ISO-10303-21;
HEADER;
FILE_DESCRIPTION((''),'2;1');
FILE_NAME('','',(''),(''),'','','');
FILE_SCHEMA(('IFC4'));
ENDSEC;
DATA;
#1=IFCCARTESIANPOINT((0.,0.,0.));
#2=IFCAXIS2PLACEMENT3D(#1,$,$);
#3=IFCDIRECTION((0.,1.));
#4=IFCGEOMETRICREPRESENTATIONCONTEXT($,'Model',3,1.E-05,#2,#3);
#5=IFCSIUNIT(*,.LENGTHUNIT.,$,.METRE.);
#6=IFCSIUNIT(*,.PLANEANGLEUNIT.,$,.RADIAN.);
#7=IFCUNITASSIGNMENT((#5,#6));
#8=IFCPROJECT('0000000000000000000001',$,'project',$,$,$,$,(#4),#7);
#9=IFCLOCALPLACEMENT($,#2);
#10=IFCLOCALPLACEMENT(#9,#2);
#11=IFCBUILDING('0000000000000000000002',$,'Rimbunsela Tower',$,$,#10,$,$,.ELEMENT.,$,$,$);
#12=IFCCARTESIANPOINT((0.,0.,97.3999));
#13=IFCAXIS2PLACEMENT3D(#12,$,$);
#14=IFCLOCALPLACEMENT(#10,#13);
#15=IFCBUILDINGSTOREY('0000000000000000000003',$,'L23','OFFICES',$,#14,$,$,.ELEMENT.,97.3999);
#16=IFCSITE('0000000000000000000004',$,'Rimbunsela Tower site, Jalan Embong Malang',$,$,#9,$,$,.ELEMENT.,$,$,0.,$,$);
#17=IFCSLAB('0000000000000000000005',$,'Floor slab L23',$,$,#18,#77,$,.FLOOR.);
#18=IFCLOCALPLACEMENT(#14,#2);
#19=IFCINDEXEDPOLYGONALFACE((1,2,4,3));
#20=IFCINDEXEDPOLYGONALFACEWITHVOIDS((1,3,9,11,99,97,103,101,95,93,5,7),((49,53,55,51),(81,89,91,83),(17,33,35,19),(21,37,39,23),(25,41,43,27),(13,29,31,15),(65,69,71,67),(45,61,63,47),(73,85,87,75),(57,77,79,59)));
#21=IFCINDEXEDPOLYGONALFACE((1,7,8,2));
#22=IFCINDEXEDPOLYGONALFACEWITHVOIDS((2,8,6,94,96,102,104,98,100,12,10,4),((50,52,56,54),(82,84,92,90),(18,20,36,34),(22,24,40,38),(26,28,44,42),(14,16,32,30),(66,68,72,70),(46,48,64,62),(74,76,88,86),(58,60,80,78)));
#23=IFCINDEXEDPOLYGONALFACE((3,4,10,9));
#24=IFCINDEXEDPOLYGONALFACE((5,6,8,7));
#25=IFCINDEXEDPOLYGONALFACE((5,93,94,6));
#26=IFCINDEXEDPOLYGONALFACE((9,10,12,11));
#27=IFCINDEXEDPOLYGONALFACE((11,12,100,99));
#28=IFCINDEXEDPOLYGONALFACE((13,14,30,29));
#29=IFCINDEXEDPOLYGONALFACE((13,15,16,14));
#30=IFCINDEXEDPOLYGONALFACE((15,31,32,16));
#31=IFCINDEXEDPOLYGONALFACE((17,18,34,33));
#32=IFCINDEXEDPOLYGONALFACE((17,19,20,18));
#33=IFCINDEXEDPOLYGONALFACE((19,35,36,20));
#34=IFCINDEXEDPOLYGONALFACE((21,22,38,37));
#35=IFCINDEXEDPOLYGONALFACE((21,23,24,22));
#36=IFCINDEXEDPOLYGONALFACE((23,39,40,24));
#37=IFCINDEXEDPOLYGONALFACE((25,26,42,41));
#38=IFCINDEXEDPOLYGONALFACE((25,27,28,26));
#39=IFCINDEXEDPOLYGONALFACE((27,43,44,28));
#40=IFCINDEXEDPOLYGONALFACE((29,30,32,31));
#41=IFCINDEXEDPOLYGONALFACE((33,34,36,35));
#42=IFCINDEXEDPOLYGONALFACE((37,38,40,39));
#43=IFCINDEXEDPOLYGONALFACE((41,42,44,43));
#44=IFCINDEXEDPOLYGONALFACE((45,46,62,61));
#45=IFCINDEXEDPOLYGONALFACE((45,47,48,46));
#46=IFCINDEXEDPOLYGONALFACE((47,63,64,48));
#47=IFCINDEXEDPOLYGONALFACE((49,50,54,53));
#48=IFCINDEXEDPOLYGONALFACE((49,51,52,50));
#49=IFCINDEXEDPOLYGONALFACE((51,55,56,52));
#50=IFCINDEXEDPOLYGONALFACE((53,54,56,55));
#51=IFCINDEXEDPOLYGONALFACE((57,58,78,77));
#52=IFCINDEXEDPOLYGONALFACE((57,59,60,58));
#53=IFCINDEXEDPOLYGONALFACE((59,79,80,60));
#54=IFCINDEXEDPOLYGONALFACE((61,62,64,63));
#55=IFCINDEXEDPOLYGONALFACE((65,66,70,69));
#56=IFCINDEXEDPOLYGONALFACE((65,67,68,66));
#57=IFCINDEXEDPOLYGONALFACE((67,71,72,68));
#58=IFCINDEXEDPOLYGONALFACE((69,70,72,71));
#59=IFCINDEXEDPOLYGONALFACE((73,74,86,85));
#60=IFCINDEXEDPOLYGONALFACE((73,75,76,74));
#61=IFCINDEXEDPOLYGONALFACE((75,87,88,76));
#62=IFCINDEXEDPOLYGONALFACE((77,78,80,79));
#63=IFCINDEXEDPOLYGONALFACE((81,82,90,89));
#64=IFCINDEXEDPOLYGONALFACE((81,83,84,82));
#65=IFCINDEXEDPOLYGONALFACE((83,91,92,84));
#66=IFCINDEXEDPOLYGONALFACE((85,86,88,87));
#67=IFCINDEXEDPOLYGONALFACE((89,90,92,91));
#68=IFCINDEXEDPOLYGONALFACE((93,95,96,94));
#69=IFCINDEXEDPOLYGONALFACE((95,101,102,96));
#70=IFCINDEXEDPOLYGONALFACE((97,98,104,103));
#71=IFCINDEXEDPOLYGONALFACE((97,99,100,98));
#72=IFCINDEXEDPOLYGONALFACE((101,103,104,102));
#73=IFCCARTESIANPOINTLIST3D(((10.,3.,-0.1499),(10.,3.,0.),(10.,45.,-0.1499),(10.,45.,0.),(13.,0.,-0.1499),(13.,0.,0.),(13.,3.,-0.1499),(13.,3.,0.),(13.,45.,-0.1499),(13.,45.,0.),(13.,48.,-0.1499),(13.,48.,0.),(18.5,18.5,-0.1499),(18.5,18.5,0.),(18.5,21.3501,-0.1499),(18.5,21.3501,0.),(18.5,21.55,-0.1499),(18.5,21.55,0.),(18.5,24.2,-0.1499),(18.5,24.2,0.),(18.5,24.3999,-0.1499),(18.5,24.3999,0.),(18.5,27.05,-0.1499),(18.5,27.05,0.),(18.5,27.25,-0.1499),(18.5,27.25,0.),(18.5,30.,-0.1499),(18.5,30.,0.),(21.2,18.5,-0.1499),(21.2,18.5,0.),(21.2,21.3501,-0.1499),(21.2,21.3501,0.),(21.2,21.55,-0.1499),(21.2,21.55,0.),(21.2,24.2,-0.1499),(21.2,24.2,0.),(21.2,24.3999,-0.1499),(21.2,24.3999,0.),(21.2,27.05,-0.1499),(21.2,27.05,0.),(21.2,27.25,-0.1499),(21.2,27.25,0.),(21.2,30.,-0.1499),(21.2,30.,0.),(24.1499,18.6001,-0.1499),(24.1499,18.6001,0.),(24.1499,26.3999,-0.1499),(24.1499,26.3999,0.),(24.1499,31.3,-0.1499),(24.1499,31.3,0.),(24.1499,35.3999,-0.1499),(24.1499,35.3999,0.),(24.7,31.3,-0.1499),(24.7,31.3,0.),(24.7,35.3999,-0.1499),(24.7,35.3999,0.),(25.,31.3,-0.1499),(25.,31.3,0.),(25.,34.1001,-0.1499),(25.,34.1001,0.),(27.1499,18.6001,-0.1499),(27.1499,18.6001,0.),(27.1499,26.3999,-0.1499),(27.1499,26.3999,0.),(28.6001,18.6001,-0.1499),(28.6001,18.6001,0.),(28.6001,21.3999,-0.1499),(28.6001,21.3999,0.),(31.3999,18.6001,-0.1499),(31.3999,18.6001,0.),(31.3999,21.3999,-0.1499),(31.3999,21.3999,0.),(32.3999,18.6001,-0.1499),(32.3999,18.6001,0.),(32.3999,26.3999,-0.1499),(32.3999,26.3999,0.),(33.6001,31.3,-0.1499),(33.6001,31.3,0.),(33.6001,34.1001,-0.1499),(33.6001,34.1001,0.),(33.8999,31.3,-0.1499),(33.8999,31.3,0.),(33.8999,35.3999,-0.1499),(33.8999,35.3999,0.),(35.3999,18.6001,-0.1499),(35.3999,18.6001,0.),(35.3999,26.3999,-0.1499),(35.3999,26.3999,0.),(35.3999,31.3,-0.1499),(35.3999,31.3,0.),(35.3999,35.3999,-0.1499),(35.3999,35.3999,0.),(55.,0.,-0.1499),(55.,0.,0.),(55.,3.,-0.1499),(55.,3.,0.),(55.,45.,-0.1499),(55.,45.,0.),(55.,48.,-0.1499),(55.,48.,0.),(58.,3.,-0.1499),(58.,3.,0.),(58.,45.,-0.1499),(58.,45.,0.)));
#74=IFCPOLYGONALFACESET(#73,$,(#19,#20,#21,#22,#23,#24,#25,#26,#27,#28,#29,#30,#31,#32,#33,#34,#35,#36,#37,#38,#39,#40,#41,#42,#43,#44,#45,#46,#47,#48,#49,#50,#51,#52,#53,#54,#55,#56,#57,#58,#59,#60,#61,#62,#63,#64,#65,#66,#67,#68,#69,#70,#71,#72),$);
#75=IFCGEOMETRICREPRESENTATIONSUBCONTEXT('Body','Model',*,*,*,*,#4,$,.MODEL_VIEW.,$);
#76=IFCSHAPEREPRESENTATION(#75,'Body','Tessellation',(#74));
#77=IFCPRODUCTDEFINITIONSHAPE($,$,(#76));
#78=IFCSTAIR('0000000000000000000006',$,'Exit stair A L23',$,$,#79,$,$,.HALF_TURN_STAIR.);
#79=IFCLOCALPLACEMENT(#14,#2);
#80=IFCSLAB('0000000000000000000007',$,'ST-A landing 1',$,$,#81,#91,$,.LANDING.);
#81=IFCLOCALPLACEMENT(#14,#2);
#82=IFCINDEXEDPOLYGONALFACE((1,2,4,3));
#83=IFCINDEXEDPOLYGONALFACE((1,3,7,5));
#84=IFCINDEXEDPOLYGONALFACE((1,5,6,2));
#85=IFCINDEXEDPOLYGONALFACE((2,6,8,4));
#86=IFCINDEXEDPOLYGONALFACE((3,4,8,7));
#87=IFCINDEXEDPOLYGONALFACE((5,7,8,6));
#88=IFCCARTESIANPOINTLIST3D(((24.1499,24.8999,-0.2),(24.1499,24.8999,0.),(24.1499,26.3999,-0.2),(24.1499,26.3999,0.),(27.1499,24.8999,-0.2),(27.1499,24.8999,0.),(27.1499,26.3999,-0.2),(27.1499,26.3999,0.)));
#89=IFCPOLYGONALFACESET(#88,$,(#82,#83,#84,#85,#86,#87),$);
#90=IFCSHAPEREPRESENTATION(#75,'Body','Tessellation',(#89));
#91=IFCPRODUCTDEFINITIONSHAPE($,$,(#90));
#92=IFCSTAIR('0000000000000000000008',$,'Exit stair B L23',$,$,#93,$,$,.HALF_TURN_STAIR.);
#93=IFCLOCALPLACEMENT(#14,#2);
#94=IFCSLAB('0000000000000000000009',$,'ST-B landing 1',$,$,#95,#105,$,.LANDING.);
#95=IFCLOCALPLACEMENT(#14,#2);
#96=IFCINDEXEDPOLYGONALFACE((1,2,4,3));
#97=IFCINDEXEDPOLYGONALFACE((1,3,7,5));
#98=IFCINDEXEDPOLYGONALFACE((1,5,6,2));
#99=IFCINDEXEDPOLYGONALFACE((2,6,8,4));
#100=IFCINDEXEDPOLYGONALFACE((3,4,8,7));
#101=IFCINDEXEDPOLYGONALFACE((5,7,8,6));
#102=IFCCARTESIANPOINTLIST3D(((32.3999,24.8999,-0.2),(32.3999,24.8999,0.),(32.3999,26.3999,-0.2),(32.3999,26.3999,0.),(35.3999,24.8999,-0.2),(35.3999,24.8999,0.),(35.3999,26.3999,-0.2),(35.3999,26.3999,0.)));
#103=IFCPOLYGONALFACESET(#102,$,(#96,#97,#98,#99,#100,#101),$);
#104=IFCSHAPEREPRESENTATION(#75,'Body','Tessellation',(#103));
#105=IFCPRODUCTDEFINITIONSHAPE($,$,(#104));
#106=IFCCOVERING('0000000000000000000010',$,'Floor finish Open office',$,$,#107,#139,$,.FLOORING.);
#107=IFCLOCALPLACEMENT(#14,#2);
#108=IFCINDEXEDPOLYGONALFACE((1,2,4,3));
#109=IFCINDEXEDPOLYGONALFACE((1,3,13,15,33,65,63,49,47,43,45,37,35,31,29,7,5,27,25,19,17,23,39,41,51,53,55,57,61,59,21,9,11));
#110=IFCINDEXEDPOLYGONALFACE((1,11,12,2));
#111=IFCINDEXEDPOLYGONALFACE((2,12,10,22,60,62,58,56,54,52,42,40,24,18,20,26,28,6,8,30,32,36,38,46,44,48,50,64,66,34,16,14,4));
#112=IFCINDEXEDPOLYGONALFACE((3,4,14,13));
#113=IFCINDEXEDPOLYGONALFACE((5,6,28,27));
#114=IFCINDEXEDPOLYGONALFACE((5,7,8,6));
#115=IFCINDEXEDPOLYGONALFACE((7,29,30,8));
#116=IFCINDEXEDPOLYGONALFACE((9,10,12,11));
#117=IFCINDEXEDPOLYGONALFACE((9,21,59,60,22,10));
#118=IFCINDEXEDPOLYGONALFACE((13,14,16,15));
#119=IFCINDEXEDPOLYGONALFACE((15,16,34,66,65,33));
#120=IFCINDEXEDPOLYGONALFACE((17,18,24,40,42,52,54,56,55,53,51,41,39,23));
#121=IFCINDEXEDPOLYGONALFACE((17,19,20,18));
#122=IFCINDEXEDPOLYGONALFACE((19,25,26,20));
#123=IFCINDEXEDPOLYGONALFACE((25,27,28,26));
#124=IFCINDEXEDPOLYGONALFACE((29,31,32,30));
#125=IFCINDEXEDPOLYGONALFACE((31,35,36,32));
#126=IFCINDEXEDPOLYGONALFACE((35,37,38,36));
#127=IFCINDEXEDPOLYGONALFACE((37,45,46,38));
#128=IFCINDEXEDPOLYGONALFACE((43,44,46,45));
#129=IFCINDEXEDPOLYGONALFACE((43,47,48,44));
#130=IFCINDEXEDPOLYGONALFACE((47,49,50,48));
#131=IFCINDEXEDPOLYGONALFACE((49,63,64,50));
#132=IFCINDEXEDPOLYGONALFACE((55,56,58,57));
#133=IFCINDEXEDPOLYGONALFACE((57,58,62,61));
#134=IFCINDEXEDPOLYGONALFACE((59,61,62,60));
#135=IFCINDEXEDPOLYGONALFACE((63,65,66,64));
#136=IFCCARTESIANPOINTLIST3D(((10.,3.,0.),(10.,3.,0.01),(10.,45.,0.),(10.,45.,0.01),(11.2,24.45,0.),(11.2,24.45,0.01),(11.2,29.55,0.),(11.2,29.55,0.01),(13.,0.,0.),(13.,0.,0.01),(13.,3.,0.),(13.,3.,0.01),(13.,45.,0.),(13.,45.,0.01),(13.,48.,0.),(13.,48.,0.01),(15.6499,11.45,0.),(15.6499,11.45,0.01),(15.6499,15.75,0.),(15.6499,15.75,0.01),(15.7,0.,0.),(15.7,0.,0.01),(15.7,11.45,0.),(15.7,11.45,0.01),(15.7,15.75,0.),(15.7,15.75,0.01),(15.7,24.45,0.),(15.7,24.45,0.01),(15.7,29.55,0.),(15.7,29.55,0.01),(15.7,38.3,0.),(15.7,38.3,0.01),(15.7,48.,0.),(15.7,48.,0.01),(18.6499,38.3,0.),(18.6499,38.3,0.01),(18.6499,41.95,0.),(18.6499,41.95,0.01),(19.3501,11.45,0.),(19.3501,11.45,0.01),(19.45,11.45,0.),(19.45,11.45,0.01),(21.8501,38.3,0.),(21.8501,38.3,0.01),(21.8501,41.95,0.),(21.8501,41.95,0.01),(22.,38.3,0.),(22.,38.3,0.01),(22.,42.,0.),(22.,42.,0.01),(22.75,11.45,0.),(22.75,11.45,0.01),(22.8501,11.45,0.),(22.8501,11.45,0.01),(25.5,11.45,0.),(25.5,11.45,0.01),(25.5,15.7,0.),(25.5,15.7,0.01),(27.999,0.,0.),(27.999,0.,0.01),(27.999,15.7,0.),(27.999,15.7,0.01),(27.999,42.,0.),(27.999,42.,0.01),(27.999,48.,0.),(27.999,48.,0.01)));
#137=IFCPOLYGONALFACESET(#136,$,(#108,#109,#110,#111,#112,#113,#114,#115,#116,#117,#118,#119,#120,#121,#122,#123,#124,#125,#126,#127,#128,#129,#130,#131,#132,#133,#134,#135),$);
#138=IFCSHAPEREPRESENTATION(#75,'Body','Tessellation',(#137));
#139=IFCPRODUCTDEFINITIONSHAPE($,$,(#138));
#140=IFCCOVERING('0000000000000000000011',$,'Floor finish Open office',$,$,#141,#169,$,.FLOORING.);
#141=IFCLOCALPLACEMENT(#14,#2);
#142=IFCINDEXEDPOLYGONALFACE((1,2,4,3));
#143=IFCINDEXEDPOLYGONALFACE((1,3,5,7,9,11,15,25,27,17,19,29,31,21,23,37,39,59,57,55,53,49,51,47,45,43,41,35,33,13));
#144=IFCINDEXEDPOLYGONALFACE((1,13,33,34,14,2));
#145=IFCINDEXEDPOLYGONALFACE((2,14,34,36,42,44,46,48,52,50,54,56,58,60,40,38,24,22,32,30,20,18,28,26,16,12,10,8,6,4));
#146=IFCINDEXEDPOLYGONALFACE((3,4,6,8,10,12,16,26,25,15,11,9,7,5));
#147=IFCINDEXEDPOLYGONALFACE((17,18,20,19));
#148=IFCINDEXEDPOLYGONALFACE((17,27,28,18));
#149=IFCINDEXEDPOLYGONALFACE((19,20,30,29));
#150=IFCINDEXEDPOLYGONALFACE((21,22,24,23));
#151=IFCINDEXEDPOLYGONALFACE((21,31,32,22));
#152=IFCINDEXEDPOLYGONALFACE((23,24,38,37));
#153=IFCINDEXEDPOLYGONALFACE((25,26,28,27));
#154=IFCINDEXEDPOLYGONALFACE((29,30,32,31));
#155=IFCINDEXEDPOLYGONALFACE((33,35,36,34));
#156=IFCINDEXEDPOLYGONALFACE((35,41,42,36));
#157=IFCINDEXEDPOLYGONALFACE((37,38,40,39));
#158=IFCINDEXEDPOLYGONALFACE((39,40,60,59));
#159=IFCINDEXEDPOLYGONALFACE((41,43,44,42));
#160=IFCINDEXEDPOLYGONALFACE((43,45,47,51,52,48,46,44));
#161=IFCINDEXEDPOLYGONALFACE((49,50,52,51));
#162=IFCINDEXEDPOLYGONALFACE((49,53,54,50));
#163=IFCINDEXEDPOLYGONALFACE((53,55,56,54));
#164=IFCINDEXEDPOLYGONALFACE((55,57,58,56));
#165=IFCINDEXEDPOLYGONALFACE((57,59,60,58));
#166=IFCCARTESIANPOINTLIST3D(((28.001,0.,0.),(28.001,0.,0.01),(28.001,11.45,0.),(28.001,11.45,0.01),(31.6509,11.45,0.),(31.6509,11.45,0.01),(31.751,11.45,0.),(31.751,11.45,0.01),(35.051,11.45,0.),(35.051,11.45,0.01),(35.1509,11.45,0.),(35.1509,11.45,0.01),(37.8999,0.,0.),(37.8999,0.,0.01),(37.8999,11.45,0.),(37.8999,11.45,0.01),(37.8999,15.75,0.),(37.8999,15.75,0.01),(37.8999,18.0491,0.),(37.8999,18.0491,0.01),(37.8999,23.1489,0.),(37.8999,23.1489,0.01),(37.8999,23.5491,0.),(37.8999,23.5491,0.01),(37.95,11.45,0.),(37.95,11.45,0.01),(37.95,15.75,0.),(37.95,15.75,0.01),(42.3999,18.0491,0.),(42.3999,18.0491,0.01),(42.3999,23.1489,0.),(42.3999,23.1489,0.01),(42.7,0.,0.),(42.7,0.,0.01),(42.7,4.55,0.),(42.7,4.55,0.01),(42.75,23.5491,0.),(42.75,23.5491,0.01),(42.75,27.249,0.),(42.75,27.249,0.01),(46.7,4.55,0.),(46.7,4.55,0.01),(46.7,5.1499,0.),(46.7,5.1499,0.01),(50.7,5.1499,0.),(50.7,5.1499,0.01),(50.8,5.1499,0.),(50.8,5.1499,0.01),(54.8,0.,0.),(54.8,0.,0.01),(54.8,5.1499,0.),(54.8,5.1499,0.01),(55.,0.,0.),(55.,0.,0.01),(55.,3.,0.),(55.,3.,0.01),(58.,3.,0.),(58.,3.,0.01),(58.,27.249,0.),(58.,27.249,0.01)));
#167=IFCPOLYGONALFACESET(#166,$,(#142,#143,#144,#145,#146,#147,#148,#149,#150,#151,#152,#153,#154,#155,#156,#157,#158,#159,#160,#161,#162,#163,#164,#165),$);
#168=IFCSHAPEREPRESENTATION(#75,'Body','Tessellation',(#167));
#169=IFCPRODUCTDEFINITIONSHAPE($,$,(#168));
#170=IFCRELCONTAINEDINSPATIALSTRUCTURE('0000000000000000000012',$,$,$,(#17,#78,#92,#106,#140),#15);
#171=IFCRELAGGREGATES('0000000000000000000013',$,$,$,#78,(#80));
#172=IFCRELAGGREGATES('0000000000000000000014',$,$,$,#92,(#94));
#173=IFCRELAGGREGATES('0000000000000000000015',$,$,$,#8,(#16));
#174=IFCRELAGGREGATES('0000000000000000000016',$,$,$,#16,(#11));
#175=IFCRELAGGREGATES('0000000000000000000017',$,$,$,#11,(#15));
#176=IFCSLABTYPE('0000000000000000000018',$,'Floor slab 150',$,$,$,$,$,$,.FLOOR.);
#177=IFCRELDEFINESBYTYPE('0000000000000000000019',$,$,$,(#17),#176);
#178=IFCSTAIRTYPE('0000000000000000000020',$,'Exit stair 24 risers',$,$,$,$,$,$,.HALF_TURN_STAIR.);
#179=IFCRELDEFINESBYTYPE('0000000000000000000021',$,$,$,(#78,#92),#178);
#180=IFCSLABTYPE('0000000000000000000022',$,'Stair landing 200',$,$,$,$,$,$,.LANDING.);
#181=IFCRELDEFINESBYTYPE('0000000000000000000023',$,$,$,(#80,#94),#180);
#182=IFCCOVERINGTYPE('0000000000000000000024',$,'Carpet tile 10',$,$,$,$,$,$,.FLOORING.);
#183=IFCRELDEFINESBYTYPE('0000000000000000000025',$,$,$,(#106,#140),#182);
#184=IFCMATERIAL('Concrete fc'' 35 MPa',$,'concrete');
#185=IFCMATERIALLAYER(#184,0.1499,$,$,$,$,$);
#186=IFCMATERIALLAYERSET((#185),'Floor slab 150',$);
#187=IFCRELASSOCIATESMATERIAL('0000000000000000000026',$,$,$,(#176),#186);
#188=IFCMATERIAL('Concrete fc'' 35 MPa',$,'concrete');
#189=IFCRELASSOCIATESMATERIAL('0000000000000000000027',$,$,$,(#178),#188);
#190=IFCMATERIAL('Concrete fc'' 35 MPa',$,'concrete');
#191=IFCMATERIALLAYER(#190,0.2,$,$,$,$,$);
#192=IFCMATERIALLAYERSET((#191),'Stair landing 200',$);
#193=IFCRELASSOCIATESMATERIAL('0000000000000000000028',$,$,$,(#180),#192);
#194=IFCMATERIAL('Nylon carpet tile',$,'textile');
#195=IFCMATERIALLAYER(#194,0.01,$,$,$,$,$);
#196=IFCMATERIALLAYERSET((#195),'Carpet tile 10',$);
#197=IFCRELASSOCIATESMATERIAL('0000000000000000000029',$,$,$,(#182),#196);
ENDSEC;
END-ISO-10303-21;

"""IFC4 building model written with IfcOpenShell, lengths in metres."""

from ifc_helpers import new_model, si_unit, direction, frame, origin, place, context, subcontext, project, spatial, polyline, outline, extrude, material, layer, layer_set, type_object, element, aggregate, save


model = new_model("IFC4")

# Units and contexts
model_context = context("Model", 3, precision=1e-05, world=origin(), true_north=direction((0.0, 1.0)))
body_context = subcontext(model_context, "Body", "Model", "MODEL_VIEW")
ifc_project = project(units=[si_unit("LENGTHUNIT", "METRE"), si_unit("PLANEANGLEUNIT", "RADIAN")], contexts=[model_context])

# Site, building, storey
site_placement = place(None, origin())
site = spatial("IfcSite", under=ifc_project, at=site_placement, Name="Rimbunsela Tower site, Jalan Embong Malang", CompositionType="ELEMENT", RefElevation=0.0)
building_placement = place(site_placement, origin())
building = spatial("IfcBuilding", under=site, at=building_placement, Name="Rimbunsela Tower", CompositionType="ELEMENT")
storey_placement = place(building_placement, frame((0.0, 0.0, 97.3999)))
storey = spatial("IfcBuildingStorey", under=building, at=storey_placement, Name="L23", Description="OFFICES", CompositionType="ELEMENT", Elevation=97.3999)

# Slab
ifc_material_1 = material(Name="Concrete fc' 35 MPa", Category="concrete")
ifc_layer_1 = layer(ifc_material_1, 0.1499)
ifc_layer_set_1 = layer_set([ifc_layer_1], Name="Floor slab 150")
slab_type_1 = type_object("IfcSlabType", Name="Floor slab 150", PredefinedType="FLOOR", material=ifc_layer_set_1)
slab_1_placement = place(storey_placement, frame((0.0, 0.0, -0.1499)))
element("IfcSlab", 1, at=slab_1_placement, inside=storey, type_object=slab_type_1, Name="Floor slab L23", PredefinedType="FLOOR", context=body_context, shape_type="SweptSolid", body=[
    extrude(outline(polyline([(13.0, 0.0), (55.0, 0.0), (55.0, 3.0), (58.0, 3.0), (58.0, 45.0), (55.0, 45.0), (55.0, 48.0), (13.0, 48.0), (13.0, 45.0), (10.0, 45.0), (10.0, 3.0), (13.0, 3.0), (13.0, 0.0)]), holes=[polyline([(21.2, 21.3501), (18.5, 21.3501), (18.5, 18.5), (21.2, 18.5), (21.2, 21.3501)]), polyline([(21.2, 21.55), (21.2, 24.2), (18.5, 24.2), (18.5, 21.55), (21.2, 21.55)]), polyline([(21.2, 27.05), (18.5, 27.05), (18.5, 24.3999), (21.2, 24.3999), (21.2, 27.05)]), polyline([(21.2, 27.25), (21.2, 30.0), (18.5, 30.0), (18.5, 27.25), (21.2, 27.25)]), polyline([(27.1499, 18.6001), (27.1499, 26.3999), (24.1499, 26.3999), (24.1499, 18.6001), (27.1499, 18.6001)]), polyline([(24.7, 31.3), (24.7, 35.3999), (24.1499, 35.3999), (24.1499, 31.3), (24.7, 31.3)]), polyline([(25.0, 34.1001), (25.0, 31.3), (33.6001, 31.3), (33.6001, 34.1001), (25.0, 34.1001)]), polyline([(31.3999, 21.3999), (28.6001, 21.3999), (28.6001, 18.6001), (31.3999, 18.6001), (31.3999, 21.3999)]), polyline([(35.3999, 18.6001), (35.3999, 26.3999), (32.3999, 26.3999), (32.3999, 18.6001), (35.3999, 18.6001)]), polyline([(35.3999, 31.3), (35.3999, 35.3999), (33.8999, 35.3999), (33.8999, 31.3), (35.3999, 31.3)])]), origin(), (0.0, 0.0, 1.0), 0.1499),
])

# Stairs, slabs
ifc_material_2 = material(Name="Concrete fc' 35 MPa", Category="concrete")
stair_type = type_object("IfcStairType", Name="Exit stair 24 risers", PredefinedType="HALF_TURN_STAIR", material=ifc_material_2)
stair_1_placement = place(storey_placement, origin())
stair_1 = element("IfcStair", 2, at=stair_1_placement, inside=storey, type_object=stair_type, Name="Exit stair A L23", PredefinedType="HALF_TURN_STAIR")
ifc_material_3 = material(Name="Concrete fc' 35 MPa", Category="concrete")
ifc_layer_2 = layer(ifc_material_3, 0.2)
ifc_layer_set_2 = layer_set([ifc_layer_2], Name="Stair landing 200")
slab_type_2 = type_object("IfcSlabType", Name="Stair landing 200", PredefinedType="LANDING", material=ifc_layer_set_2)
slab_2_placement = place(storey_placement, frame((0.0, 0.0, -0.2)))
slab_2 = element("IfcSlab", 3, at=slab_2_placement, type_object=slab_type_2, Name="ST-A landing 1", PredefinedType="LANDING", context=body_context, shape_type="SweptSolid", body=[
    extrude(outline(polyline([(24.1499, 24.8999), (27.1499, 24.8999), (27.1499, 26.3999), (24.1499, 26.3999), (24.1499, 24.8999)])), origin(), (0.0, 0.0, 1.0), 0.2),
])
aggregate(stair_1, [slab_2])
stair_2_placement = place(storey_placement, origin())
stair_2 = element("IfcStair", 4, at=stair_2_placement, inside=storey, type_object=stair_type, Name="Exit stair B L23", PredefinedType="HALF_TURN_STAIR")
slab_3_placement = place(storey_placement, frame((0.0, 0.0, -0.2)))
slab_3 = element("IfcSlab", 5, at=slab_3_placement, type_object=slab_type_2, Name="ST-B landing 1", PredefinedType="LANDING", context=body_context, shape_type="SweptSolid", body=[
    extrude(outline(polyline([(32.3999, 24.8999), (35.3999, 24.8999), (35.3999, 26.3999), (32.3999, 26.3999), (32.3999, 24.8999)])), origin(), (0.0, 0.0, 1.0), 0.2),
])
aggregate(stair_2, [slab_3])

# Coverings
ifc_material_4 = material(Name="Nylon carpet tile", Category="textile")
ifc_layer_3 = layer(ifc_material_4, 0.01)
ifc_layer_set_3 = layer_set([ifc_layer_3], Name="Carpet tile 10")
covering_type_1 = type_object("IfcCoveringType", Name="Carpet tile 10", PredefinedType="FLOORING", material=ifc_layer_set_3)
covering_1_placement = place(storey_placement, origin())
element("IfcCovering", 6, at=covering_1_placement, inside=storey, type_object=covering_type_1, Name="Floor finish Open office", PredefinedType="FLOORING", context=body_context, shape_type="SweptSolid", body=[
    extrude(outline(polyline([(19.45, 11.45), (22.75, 11.45), (22.8501, 11.45), (25.5, 11.45), (25.5, 15.7), (27.999, 15.7), (27.999, 0.0), (15.7, 0.0), (13.0, 0.0), (13.0, 3.0), (10.0, 3.0), (10.0, 45.0), (13.0, 45.0), (13.0, 48.0), (15.7, 48.0), (27.999, 48.0), (27.999, 42.0), (22.0, 42.0), (22.0, 38.3), (21.8501, 38.3), (21.8501, 41.95), (18.6499, 41.95), (18.6499, 38.3), (15.7, 38.3), (15.7, 29.55), (11.2, 29.55), (11.2, 24.45), (15.7, 24.45), (15.7, 15.75), (15.6499, 15.75), (15.6499, 11.45), (15.7, 11.45), (19.3501, 11.45), (19.45, 11.45)])), origin(), (0.0, 0.0, 1.0), 0.01),
])
covering_2_placement = place(storey_placement, origin())
element("IfcCovering", 7, at=covering_2_placement, inside=storey, type_object=covering_type_1, Name="Floor finish Open office", PredefinedType="FLOORING", context=body_context, shape_type="SweptSolid", body=[
    extrude(outline(polyline([(28.001, 11.45), (31.6509, 11.45), (31.751, 11.45), (35.051, 11.45), (35.1509, 11.45), (37.8999, 11.45), (37.95, 11.45), (37.95, 15.75), (37.8999, 15.75), (37.8999, 18.0491), (42.3999, 18.0491), (42.3999, 23.1489), (37.8999, 23.1489), (37.8999, 23.5491), (42.75, 23.5491), (42.75, 27.249), (58.0, 27.249), (58.0, 3.0), (55.0, 3.0), (55.0, 0.0), (54.8, 0.0), (54.8, 5.1499), (50.8, 5.1499), (50.7, 5.1499), (46.7, 5.1499), (46.7, 4.55), (42.7, 4.55), (42.7, 0.0), (37.8999, 0.0), (28.001, 0.0), (28.001, 11.45)])), origin(), (0.0, 0.0, 1.0), 0.01),
])

save(model, "model.ifc")
